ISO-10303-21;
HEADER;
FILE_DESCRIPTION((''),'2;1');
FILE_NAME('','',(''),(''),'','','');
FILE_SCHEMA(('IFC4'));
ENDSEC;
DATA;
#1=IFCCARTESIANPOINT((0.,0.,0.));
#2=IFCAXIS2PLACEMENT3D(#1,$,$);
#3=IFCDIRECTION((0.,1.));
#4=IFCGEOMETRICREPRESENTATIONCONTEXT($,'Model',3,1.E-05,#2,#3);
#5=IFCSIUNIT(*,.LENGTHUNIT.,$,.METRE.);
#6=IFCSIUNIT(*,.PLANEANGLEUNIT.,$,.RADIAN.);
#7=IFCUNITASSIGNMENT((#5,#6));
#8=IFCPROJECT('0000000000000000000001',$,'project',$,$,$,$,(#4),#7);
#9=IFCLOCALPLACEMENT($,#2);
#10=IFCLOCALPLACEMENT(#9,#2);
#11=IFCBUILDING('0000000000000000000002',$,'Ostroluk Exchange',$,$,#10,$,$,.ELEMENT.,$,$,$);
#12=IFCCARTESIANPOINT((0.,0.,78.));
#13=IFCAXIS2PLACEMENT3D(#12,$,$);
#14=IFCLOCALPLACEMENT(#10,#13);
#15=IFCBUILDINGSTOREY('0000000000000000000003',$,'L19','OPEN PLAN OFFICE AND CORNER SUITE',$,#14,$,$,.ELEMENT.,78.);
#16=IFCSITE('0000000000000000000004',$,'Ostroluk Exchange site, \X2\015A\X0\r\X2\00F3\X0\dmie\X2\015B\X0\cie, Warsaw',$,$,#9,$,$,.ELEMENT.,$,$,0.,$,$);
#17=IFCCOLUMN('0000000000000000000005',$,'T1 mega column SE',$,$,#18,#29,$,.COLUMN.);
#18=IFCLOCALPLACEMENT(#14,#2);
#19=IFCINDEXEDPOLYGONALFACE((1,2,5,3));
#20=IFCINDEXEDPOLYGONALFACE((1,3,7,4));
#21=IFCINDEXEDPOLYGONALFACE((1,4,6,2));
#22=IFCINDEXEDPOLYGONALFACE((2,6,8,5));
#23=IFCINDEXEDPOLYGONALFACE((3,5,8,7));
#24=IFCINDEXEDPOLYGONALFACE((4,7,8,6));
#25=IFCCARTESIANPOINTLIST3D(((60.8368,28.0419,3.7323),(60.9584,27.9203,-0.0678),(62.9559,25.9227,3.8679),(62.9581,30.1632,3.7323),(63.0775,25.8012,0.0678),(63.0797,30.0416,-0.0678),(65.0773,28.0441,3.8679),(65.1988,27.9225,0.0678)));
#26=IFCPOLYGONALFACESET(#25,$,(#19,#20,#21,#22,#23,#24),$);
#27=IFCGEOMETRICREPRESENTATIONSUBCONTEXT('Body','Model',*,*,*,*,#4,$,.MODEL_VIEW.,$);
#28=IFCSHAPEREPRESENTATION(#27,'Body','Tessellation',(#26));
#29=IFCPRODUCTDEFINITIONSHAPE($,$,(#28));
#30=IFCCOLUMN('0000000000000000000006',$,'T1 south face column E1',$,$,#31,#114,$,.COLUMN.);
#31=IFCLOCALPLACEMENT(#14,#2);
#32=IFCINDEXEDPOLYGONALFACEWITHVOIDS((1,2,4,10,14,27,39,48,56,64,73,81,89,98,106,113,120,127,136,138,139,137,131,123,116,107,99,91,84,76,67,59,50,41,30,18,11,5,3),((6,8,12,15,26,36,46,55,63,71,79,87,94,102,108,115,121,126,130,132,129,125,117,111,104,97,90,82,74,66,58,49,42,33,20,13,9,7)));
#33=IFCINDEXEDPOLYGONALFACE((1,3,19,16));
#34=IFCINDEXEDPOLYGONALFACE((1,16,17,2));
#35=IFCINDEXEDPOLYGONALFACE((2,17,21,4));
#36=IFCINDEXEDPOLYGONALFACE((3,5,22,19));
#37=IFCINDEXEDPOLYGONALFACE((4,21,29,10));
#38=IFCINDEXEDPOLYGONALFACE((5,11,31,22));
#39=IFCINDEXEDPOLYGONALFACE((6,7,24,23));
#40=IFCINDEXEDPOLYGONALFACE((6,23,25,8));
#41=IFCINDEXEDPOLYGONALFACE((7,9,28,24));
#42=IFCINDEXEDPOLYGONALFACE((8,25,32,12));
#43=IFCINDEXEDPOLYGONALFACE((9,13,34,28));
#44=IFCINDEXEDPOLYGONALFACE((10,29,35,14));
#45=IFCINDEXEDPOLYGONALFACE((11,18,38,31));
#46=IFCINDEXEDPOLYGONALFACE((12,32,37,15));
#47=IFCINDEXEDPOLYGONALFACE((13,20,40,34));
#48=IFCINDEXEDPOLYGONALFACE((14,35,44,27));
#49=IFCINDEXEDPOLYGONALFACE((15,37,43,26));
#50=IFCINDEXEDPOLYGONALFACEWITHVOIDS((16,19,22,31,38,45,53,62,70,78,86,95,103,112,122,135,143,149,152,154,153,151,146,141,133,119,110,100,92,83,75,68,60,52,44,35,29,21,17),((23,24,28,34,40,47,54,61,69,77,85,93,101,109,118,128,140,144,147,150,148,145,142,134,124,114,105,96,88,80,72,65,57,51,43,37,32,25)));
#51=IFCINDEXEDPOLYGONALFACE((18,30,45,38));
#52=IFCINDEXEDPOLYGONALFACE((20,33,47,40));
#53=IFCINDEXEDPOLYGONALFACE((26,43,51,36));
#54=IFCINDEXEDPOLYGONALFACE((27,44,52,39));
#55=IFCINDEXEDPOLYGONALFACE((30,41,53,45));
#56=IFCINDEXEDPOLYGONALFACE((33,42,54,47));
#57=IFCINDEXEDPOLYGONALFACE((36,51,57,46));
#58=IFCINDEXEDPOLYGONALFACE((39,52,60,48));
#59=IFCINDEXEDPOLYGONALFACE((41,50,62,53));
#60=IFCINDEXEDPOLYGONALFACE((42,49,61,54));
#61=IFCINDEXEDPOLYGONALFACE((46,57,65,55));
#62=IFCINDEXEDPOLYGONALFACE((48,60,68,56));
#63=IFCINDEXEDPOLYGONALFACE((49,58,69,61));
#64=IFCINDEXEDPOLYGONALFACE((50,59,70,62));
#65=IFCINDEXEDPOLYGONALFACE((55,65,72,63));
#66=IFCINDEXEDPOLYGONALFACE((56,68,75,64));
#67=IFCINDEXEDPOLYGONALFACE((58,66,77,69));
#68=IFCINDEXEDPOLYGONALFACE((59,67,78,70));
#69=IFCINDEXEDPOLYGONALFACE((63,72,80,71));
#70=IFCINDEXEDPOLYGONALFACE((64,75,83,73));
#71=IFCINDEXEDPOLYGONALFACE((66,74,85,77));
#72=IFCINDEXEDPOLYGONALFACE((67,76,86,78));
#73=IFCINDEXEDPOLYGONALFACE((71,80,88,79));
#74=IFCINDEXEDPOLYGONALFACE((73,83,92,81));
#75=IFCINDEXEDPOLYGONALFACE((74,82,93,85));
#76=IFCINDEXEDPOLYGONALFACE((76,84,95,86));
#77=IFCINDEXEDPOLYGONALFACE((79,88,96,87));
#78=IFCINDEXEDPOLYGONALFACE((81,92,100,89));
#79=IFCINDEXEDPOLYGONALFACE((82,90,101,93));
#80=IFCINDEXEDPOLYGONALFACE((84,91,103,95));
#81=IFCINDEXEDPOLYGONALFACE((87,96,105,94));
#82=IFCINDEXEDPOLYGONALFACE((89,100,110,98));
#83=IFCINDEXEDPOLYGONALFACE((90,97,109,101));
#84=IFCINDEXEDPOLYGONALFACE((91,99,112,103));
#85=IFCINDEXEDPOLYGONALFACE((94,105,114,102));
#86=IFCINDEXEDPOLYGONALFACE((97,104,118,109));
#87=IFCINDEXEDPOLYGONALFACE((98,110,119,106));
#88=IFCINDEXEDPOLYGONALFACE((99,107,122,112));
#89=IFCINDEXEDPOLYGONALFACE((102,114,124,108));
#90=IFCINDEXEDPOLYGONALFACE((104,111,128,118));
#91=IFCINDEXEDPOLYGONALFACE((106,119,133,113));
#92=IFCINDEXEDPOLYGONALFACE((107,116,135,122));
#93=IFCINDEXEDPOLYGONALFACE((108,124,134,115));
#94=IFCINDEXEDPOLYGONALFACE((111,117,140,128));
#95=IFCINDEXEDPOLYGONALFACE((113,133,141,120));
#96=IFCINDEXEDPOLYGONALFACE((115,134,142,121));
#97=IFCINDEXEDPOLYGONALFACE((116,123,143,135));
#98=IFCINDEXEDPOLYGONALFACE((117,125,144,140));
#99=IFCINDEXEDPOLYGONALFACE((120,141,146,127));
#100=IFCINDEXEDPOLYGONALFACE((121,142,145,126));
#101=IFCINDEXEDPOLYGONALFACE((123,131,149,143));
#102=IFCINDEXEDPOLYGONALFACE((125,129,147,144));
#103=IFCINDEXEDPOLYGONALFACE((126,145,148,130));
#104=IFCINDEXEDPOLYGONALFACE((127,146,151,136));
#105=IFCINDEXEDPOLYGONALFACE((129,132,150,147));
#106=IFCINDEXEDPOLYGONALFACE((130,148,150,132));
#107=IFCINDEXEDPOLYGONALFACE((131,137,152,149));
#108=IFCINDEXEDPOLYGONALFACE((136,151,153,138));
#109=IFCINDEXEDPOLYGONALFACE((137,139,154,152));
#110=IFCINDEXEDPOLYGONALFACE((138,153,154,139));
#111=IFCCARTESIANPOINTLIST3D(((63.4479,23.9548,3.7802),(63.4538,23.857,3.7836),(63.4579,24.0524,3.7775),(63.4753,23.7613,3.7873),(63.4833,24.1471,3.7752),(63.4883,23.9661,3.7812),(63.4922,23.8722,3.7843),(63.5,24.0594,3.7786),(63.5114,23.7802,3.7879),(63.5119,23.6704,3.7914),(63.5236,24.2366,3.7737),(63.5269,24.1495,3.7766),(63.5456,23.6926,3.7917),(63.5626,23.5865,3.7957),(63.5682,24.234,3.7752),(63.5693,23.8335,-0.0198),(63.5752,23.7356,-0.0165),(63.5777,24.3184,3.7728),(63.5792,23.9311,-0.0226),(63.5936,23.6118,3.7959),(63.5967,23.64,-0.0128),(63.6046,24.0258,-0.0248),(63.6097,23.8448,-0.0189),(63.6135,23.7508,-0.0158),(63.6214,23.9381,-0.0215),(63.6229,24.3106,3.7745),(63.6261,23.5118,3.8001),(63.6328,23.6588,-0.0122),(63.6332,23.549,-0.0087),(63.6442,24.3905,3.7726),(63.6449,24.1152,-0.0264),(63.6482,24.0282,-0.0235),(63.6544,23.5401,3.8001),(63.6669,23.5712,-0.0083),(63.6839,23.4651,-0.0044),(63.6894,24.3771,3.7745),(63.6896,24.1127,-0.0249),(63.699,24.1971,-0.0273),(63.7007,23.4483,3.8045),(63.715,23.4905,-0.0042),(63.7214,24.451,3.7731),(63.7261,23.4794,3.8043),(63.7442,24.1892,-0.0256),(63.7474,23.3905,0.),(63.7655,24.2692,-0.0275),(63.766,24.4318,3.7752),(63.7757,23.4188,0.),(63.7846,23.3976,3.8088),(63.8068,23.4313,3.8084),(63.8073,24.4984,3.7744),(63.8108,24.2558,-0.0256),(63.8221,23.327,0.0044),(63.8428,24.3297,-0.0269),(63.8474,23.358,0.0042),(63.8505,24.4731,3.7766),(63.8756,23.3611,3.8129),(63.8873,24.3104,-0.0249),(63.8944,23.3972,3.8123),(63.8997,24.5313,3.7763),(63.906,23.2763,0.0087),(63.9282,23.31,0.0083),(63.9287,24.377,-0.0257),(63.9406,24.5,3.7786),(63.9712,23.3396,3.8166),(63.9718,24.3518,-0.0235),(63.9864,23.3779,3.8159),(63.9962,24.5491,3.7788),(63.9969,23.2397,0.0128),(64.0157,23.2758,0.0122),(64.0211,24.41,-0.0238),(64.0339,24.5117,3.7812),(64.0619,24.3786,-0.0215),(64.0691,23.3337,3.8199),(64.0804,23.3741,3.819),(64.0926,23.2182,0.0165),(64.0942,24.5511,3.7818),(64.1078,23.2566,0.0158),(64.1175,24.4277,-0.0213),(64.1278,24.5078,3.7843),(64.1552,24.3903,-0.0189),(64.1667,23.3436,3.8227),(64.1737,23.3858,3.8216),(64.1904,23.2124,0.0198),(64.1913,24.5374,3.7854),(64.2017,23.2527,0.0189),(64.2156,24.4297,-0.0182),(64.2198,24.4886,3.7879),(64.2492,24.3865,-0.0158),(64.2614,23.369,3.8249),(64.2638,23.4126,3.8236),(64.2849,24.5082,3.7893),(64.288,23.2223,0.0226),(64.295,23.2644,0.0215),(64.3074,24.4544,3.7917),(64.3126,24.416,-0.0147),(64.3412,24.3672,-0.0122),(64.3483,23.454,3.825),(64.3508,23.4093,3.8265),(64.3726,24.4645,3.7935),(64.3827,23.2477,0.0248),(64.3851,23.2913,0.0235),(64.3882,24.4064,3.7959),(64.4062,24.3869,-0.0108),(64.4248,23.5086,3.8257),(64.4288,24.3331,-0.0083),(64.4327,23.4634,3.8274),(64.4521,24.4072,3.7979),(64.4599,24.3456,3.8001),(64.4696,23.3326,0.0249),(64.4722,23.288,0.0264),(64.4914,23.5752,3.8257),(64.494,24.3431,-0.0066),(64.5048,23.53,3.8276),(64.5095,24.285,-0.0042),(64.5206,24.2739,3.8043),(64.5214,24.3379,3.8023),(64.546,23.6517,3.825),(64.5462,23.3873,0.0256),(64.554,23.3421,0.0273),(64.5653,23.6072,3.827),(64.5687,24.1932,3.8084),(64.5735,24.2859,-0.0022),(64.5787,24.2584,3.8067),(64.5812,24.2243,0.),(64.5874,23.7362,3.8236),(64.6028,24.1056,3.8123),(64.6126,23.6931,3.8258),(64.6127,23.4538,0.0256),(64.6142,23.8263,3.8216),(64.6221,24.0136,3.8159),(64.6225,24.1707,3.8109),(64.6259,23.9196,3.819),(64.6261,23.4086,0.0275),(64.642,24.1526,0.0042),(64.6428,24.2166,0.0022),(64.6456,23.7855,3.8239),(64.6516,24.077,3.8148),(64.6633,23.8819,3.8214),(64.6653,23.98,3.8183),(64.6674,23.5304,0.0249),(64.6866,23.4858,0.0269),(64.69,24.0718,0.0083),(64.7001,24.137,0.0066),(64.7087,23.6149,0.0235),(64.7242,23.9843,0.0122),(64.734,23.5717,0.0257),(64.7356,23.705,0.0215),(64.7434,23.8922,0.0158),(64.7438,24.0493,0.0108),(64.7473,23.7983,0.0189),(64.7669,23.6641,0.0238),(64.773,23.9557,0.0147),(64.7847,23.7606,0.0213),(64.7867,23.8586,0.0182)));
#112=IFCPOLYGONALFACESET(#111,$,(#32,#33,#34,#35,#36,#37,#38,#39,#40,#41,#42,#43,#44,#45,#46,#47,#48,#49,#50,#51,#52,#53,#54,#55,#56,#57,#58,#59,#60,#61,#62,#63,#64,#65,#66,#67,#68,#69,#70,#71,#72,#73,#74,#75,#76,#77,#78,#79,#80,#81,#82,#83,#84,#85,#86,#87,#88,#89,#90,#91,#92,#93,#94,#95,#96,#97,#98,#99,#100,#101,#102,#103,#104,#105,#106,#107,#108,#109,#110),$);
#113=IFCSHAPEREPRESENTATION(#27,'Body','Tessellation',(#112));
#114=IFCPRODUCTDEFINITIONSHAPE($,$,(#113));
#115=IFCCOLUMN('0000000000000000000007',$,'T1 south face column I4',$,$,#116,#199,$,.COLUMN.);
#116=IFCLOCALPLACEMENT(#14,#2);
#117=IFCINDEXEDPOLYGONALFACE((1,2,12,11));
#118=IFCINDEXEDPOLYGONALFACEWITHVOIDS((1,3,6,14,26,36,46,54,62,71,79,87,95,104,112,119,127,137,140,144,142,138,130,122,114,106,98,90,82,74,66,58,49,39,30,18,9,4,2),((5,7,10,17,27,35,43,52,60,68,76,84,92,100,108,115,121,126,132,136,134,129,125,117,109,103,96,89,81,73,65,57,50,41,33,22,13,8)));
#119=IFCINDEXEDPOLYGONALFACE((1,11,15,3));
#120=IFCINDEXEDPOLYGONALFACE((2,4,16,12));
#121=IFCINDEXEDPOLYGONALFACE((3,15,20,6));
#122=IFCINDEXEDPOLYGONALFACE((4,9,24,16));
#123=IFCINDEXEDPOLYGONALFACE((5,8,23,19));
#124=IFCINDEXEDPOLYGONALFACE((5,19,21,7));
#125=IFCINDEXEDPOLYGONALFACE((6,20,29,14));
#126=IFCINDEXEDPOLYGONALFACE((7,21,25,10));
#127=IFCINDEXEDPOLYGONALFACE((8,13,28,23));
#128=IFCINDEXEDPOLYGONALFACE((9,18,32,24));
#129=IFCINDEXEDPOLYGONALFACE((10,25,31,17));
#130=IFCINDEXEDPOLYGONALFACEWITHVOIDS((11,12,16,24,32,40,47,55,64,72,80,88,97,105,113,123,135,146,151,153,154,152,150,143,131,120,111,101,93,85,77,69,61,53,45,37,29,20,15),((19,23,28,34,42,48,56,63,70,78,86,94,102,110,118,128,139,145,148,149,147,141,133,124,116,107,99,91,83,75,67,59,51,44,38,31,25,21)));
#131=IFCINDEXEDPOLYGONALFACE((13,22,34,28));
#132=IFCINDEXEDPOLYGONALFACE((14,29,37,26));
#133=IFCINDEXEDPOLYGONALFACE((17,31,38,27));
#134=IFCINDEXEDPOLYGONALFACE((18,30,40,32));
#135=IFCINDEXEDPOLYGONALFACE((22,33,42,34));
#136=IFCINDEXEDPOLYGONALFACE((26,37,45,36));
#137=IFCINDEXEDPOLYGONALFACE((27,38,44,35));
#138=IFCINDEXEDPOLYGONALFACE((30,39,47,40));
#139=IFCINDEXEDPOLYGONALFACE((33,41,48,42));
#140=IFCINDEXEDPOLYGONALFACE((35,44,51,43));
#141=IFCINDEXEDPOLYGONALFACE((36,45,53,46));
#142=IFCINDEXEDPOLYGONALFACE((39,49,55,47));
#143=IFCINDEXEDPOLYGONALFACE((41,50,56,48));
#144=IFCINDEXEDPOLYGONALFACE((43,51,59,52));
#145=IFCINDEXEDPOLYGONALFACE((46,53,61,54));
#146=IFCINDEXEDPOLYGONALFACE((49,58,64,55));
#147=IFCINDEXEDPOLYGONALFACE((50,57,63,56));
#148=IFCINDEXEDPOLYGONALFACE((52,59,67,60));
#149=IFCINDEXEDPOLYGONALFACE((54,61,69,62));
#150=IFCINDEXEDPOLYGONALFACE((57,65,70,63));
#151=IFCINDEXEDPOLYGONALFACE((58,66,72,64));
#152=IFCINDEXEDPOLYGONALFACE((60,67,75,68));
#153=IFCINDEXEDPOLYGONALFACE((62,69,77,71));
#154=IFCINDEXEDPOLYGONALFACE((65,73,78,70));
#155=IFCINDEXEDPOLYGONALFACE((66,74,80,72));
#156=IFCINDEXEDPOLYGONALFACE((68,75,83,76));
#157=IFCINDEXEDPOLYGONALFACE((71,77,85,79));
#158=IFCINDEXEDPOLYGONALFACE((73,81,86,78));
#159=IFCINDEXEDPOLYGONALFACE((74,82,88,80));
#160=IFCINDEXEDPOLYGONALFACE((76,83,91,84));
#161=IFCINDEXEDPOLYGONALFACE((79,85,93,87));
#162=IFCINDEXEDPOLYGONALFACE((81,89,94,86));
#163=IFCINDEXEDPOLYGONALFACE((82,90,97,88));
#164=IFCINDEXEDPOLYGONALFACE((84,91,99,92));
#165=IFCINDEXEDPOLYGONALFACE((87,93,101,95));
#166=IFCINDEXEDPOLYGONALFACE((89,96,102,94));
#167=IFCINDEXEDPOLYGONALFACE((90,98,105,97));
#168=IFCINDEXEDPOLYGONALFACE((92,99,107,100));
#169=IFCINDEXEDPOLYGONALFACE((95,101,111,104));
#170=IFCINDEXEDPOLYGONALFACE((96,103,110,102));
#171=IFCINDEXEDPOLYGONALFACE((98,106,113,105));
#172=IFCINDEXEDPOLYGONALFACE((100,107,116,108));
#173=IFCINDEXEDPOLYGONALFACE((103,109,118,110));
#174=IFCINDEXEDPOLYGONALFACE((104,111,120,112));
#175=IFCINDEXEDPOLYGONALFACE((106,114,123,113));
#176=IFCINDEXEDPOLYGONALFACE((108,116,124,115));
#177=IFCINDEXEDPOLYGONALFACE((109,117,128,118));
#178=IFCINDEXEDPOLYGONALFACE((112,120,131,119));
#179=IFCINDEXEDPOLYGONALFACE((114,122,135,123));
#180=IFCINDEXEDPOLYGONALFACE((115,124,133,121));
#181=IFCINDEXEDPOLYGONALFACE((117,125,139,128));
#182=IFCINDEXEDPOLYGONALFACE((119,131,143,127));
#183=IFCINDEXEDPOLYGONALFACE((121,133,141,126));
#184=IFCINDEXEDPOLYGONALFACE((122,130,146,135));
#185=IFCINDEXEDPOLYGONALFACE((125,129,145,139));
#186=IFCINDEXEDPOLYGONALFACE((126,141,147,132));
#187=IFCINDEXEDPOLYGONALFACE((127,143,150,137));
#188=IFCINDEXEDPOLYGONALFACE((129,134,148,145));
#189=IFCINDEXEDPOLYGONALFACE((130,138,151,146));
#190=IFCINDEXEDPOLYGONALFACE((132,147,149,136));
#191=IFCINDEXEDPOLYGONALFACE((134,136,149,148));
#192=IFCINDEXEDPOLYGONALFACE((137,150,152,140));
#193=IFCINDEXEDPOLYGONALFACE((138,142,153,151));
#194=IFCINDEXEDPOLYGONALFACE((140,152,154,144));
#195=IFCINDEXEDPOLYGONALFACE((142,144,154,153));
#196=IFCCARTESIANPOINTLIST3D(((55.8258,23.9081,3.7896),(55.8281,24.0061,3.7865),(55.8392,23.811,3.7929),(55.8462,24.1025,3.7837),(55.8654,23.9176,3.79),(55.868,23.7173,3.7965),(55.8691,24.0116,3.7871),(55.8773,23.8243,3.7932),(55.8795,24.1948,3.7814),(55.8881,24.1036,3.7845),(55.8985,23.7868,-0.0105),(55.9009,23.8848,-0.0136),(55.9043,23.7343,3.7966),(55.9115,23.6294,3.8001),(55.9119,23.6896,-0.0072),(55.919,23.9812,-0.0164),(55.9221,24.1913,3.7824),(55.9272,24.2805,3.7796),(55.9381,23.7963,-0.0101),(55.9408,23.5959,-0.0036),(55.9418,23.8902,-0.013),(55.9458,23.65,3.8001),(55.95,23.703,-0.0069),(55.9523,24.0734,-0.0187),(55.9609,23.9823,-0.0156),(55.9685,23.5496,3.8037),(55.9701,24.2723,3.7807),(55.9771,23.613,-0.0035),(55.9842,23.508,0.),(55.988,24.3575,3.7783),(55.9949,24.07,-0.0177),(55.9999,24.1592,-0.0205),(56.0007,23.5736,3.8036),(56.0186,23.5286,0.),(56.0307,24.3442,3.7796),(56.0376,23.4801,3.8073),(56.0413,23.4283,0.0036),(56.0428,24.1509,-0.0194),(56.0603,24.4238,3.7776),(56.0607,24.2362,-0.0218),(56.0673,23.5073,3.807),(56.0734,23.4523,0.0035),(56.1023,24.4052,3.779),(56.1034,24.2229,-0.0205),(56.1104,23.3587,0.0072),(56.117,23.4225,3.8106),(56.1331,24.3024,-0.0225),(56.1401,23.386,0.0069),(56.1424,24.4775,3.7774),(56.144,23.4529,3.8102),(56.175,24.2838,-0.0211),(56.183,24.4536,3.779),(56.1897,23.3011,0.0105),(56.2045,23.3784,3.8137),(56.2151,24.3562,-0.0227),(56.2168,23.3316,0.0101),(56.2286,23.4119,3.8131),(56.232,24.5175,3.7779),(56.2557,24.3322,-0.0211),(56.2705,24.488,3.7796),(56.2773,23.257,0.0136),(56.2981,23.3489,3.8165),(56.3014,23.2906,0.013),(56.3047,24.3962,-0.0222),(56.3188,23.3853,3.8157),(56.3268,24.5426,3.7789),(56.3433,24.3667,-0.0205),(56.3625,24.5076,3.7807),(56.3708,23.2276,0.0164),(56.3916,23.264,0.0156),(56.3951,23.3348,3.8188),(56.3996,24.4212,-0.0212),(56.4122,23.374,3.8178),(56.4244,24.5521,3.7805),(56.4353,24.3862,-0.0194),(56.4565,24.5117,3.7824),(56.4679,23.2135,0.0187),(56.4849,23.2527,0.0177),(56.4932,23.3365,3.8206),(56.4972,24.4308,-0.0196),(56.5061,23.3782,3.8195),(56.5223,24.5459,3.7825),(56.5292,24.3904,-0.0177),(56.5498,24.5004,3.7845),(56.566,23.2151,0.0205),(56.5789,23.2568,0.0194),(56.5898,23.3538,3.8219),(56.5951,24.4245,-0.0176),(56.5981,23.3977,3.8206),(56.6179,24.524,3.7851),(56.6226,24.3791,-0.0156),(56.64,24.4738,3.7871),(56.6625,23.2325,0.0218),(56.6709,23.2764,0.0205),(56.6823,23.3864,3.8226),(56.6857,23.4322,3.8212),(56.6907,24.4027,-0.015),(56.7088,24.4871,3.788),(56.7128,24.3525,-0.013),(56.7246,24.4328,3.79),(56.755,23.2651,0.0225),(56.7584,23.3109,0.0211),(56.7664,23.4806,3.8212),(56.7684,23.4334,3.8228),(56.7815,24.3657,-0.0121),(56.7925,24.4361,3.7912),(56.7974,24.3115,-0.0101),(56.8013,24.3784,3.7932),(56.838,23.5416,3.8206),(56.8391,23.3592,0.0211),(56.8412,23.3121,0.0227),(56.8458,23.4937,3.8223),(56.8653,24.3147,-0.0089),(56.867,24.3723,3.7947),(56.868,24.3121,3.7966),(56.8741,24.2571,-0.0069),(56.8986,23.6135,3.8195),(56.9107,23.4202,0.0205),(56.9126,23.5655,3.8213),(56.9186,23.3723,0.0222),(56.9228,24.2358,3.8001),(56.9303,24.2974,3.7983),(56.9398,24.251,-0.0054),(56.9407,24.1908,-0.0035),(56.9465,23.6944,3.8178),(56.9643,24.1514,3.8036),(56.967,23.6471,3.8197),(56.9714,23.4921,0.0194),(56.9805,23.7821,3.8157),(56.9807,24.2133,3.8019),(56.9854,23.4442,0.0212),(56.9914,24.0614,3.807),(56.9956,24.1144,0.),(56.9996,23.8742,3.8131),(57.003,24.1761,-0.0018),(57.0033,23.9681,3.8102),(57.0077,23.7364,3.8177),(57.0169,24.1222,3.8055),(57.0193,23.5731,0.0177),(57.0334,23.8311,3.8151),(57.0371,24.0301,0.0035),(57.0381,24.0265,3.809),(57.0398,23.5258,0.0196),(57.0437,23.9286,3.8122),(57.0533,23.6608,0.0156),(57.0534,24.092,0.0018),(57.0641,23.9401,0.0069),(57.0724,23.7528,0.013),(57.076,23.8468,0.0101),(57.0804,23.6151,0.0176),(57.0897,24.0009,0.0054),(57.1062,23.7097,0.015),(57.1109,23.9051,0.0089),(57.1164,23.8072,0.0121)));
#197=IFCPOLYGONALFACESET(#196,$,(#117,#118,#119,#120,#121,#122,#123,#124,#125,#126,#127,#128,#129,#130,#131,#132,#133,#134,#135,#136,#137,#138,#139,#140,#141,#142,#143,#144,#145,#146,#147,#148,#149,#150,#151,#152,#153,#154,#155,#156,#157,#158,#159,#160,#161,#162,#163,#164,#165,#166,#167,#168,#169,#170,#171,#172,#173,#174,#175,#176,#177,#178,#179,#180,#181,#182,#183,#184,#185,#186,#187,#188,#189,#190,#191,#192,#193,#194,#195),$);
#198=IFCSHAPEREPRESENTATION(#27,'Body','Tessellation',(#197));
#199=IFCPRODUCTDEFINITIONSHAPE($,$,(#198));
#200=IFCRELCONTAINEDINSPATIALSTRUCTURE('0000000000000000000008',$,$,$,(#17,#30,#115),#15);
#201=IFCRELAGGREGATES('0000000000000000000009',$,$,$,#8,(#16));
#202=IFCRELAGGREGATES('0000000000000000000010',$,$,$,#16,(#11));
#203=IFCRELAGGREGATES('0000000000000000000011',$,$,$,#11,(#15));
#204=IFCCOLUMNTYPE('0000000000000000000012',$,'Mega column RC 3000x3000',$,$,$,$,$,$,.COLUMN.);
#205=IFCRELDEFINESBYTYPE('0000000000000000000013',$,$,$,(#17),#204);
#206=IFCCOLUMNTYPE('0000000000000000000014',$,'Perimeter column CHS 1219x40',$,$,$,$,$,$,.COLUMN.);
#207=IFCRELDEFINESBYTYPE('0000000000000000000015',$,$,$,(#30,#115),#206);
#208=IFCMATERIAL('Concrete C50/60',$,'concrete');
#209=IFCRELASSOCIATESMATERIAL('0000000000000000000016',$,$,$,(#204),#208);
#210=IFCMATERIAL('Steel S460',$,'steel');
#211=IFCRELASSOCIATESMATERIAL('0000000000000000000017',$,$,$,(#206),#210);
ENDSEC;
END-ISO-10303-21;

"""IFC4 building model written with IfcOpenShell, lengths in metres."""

from ifc_helpers import new_model, si_unit, direction, frame, origin, origin_2d, place, context, subcontext, project, spatial, rectangle, hollow_circle, extrude, material, material_profile, profile_set, type_object, element, save


model = new_model("IFC4")

# Units and contexts
model_context = context("Model", 3, precision=1e-05, world=origin(), true_north=direction((0.0, 1.0)))
body_context = subcontext(model_context, "Body", "Model", "MODEL_VIEW")
ifc_project = project(units=[si_unit("LENGTHUNIT", "METRE"), si_unit("PLANEANGLEUNIT", "RADIAN")], contexts=[model_context])

# Site, building, storey
site_placement = place(None, origin())
site = spatial("IfcSite", under=ifc_project, at=site_placement, Name="Ostroluk Exchange site, Śródmieście, Warsaw", CompositionType="ELEMENT", RefElevation=0.0)
building_placement = place(site_placement, origin())
building = spatial("IfcBuilding", under=site, at=building_placement, Name="Ostroluk Exchange", CompositionType="ELEMENT")
storey_placement = place(building_placement, frame((0.0, 0.0, 78.0)))
storey = spatial("IfcBuildingStorey", under=building, at=storey_placement, Name="L19", Description="OPEN PLAN OFFICE AND CORNER SUITE", CompositionType="ELEMENT", Elevation=78.0)

# Columns
ifc_material_1 = material(Name="Concrete C50/60", Category="concrete")
ifc_material_profile_1 = material_profile(ifc_material_1, rectangle(XDim=3.0, YDim=3.0, at=origin_2d()), Name="RC 3000x3000")
ifc_profile_set_1 = profile_set([ifc_material_profile_1], Name="Concrete C50/60")
column_type_1 = type_object("IfcColumnType", Name="Mega column RC 3000x3000", PredefinedType="COLUMN", material=ifc_profile_set_1)
column_1_placement = place(storey_placement, frame((63.0786, 27.9214, 0.0), z_axis=(-0.031962, 0.031962, 0.998978), x_axis=(-0.707107, -0.707107, 0.0)))
element("IfcColumn", 1, at=column_1_placement, inside=storey, type_object=column_type_1, Name="T1 mega column SE", PredefinedType="COLUMN", context=body_context, shape_type="SweptSolid", body=[
    extrude(rectangle(XDim=3.0, YDim=3.0, at=origin_2d()), origin(), (0.0, 0.0, 1.0), 3.804),
])
ifc_material_2 = material(Name="Steel S460", Category="steel")
ifc_material_profile_2 = material_profile(ifc_material_2, hollow_circle(Radius=0.6096, WallThickness=0.04, at=origin_2d()), Name="CHS 1219x40")
ifc_profile_set_2 = profile_set([ifc_material_profile_2], Name="Steel S460")
column_type_2 = type_object("IfcColumnType", Name="Perimeter column CHS 1219x40", PredefinedType="COLUMN", material=ifc_profile_set_2)
column_2_placement = place(storey_placement, frame((64.1785, 23.8215, 0.0), z_axis=(-0.031898, 0.031898, 0.998982), x_axis=(-0.707107, -0.707107, 0.0)))
element("IfcColumn", 2, at=column_2_placement, inside=storey, type_object=column_type_2, Name="T1 south face column E1", PredefinedType="COLUMN", context=body_context, shape_type="SweptSolid", body=[
    extrude(hollow_circle(Radius=0.6096, WallThickness=0.04, at=origin_2d()), origin(), (0.0, 0.0, 1.0), 3.804),
])
column_3_placement = place(storey_placement, frame((56.5071, 23.8215, 0.0), z_axis=(-0.019132, 0.031909, 0.999308), x_axis=(-0.857645, -0.514242, 0.0)))
element("IfcColumn", 3, at=column_3_placement, inside=storey, type_object=column_type_2, Name="T1 south face column I4", PredefinedType="COLUMN", context=body_context, shape_type="SweptSolid", body=[
    extrude(hollow_circle(Radius=0.6096, WallThickness=0.04, at=origin_2d()), origin(), (0.0, 0.0, 1.0), 3.8027),
])

save(model, "model.ifc")
